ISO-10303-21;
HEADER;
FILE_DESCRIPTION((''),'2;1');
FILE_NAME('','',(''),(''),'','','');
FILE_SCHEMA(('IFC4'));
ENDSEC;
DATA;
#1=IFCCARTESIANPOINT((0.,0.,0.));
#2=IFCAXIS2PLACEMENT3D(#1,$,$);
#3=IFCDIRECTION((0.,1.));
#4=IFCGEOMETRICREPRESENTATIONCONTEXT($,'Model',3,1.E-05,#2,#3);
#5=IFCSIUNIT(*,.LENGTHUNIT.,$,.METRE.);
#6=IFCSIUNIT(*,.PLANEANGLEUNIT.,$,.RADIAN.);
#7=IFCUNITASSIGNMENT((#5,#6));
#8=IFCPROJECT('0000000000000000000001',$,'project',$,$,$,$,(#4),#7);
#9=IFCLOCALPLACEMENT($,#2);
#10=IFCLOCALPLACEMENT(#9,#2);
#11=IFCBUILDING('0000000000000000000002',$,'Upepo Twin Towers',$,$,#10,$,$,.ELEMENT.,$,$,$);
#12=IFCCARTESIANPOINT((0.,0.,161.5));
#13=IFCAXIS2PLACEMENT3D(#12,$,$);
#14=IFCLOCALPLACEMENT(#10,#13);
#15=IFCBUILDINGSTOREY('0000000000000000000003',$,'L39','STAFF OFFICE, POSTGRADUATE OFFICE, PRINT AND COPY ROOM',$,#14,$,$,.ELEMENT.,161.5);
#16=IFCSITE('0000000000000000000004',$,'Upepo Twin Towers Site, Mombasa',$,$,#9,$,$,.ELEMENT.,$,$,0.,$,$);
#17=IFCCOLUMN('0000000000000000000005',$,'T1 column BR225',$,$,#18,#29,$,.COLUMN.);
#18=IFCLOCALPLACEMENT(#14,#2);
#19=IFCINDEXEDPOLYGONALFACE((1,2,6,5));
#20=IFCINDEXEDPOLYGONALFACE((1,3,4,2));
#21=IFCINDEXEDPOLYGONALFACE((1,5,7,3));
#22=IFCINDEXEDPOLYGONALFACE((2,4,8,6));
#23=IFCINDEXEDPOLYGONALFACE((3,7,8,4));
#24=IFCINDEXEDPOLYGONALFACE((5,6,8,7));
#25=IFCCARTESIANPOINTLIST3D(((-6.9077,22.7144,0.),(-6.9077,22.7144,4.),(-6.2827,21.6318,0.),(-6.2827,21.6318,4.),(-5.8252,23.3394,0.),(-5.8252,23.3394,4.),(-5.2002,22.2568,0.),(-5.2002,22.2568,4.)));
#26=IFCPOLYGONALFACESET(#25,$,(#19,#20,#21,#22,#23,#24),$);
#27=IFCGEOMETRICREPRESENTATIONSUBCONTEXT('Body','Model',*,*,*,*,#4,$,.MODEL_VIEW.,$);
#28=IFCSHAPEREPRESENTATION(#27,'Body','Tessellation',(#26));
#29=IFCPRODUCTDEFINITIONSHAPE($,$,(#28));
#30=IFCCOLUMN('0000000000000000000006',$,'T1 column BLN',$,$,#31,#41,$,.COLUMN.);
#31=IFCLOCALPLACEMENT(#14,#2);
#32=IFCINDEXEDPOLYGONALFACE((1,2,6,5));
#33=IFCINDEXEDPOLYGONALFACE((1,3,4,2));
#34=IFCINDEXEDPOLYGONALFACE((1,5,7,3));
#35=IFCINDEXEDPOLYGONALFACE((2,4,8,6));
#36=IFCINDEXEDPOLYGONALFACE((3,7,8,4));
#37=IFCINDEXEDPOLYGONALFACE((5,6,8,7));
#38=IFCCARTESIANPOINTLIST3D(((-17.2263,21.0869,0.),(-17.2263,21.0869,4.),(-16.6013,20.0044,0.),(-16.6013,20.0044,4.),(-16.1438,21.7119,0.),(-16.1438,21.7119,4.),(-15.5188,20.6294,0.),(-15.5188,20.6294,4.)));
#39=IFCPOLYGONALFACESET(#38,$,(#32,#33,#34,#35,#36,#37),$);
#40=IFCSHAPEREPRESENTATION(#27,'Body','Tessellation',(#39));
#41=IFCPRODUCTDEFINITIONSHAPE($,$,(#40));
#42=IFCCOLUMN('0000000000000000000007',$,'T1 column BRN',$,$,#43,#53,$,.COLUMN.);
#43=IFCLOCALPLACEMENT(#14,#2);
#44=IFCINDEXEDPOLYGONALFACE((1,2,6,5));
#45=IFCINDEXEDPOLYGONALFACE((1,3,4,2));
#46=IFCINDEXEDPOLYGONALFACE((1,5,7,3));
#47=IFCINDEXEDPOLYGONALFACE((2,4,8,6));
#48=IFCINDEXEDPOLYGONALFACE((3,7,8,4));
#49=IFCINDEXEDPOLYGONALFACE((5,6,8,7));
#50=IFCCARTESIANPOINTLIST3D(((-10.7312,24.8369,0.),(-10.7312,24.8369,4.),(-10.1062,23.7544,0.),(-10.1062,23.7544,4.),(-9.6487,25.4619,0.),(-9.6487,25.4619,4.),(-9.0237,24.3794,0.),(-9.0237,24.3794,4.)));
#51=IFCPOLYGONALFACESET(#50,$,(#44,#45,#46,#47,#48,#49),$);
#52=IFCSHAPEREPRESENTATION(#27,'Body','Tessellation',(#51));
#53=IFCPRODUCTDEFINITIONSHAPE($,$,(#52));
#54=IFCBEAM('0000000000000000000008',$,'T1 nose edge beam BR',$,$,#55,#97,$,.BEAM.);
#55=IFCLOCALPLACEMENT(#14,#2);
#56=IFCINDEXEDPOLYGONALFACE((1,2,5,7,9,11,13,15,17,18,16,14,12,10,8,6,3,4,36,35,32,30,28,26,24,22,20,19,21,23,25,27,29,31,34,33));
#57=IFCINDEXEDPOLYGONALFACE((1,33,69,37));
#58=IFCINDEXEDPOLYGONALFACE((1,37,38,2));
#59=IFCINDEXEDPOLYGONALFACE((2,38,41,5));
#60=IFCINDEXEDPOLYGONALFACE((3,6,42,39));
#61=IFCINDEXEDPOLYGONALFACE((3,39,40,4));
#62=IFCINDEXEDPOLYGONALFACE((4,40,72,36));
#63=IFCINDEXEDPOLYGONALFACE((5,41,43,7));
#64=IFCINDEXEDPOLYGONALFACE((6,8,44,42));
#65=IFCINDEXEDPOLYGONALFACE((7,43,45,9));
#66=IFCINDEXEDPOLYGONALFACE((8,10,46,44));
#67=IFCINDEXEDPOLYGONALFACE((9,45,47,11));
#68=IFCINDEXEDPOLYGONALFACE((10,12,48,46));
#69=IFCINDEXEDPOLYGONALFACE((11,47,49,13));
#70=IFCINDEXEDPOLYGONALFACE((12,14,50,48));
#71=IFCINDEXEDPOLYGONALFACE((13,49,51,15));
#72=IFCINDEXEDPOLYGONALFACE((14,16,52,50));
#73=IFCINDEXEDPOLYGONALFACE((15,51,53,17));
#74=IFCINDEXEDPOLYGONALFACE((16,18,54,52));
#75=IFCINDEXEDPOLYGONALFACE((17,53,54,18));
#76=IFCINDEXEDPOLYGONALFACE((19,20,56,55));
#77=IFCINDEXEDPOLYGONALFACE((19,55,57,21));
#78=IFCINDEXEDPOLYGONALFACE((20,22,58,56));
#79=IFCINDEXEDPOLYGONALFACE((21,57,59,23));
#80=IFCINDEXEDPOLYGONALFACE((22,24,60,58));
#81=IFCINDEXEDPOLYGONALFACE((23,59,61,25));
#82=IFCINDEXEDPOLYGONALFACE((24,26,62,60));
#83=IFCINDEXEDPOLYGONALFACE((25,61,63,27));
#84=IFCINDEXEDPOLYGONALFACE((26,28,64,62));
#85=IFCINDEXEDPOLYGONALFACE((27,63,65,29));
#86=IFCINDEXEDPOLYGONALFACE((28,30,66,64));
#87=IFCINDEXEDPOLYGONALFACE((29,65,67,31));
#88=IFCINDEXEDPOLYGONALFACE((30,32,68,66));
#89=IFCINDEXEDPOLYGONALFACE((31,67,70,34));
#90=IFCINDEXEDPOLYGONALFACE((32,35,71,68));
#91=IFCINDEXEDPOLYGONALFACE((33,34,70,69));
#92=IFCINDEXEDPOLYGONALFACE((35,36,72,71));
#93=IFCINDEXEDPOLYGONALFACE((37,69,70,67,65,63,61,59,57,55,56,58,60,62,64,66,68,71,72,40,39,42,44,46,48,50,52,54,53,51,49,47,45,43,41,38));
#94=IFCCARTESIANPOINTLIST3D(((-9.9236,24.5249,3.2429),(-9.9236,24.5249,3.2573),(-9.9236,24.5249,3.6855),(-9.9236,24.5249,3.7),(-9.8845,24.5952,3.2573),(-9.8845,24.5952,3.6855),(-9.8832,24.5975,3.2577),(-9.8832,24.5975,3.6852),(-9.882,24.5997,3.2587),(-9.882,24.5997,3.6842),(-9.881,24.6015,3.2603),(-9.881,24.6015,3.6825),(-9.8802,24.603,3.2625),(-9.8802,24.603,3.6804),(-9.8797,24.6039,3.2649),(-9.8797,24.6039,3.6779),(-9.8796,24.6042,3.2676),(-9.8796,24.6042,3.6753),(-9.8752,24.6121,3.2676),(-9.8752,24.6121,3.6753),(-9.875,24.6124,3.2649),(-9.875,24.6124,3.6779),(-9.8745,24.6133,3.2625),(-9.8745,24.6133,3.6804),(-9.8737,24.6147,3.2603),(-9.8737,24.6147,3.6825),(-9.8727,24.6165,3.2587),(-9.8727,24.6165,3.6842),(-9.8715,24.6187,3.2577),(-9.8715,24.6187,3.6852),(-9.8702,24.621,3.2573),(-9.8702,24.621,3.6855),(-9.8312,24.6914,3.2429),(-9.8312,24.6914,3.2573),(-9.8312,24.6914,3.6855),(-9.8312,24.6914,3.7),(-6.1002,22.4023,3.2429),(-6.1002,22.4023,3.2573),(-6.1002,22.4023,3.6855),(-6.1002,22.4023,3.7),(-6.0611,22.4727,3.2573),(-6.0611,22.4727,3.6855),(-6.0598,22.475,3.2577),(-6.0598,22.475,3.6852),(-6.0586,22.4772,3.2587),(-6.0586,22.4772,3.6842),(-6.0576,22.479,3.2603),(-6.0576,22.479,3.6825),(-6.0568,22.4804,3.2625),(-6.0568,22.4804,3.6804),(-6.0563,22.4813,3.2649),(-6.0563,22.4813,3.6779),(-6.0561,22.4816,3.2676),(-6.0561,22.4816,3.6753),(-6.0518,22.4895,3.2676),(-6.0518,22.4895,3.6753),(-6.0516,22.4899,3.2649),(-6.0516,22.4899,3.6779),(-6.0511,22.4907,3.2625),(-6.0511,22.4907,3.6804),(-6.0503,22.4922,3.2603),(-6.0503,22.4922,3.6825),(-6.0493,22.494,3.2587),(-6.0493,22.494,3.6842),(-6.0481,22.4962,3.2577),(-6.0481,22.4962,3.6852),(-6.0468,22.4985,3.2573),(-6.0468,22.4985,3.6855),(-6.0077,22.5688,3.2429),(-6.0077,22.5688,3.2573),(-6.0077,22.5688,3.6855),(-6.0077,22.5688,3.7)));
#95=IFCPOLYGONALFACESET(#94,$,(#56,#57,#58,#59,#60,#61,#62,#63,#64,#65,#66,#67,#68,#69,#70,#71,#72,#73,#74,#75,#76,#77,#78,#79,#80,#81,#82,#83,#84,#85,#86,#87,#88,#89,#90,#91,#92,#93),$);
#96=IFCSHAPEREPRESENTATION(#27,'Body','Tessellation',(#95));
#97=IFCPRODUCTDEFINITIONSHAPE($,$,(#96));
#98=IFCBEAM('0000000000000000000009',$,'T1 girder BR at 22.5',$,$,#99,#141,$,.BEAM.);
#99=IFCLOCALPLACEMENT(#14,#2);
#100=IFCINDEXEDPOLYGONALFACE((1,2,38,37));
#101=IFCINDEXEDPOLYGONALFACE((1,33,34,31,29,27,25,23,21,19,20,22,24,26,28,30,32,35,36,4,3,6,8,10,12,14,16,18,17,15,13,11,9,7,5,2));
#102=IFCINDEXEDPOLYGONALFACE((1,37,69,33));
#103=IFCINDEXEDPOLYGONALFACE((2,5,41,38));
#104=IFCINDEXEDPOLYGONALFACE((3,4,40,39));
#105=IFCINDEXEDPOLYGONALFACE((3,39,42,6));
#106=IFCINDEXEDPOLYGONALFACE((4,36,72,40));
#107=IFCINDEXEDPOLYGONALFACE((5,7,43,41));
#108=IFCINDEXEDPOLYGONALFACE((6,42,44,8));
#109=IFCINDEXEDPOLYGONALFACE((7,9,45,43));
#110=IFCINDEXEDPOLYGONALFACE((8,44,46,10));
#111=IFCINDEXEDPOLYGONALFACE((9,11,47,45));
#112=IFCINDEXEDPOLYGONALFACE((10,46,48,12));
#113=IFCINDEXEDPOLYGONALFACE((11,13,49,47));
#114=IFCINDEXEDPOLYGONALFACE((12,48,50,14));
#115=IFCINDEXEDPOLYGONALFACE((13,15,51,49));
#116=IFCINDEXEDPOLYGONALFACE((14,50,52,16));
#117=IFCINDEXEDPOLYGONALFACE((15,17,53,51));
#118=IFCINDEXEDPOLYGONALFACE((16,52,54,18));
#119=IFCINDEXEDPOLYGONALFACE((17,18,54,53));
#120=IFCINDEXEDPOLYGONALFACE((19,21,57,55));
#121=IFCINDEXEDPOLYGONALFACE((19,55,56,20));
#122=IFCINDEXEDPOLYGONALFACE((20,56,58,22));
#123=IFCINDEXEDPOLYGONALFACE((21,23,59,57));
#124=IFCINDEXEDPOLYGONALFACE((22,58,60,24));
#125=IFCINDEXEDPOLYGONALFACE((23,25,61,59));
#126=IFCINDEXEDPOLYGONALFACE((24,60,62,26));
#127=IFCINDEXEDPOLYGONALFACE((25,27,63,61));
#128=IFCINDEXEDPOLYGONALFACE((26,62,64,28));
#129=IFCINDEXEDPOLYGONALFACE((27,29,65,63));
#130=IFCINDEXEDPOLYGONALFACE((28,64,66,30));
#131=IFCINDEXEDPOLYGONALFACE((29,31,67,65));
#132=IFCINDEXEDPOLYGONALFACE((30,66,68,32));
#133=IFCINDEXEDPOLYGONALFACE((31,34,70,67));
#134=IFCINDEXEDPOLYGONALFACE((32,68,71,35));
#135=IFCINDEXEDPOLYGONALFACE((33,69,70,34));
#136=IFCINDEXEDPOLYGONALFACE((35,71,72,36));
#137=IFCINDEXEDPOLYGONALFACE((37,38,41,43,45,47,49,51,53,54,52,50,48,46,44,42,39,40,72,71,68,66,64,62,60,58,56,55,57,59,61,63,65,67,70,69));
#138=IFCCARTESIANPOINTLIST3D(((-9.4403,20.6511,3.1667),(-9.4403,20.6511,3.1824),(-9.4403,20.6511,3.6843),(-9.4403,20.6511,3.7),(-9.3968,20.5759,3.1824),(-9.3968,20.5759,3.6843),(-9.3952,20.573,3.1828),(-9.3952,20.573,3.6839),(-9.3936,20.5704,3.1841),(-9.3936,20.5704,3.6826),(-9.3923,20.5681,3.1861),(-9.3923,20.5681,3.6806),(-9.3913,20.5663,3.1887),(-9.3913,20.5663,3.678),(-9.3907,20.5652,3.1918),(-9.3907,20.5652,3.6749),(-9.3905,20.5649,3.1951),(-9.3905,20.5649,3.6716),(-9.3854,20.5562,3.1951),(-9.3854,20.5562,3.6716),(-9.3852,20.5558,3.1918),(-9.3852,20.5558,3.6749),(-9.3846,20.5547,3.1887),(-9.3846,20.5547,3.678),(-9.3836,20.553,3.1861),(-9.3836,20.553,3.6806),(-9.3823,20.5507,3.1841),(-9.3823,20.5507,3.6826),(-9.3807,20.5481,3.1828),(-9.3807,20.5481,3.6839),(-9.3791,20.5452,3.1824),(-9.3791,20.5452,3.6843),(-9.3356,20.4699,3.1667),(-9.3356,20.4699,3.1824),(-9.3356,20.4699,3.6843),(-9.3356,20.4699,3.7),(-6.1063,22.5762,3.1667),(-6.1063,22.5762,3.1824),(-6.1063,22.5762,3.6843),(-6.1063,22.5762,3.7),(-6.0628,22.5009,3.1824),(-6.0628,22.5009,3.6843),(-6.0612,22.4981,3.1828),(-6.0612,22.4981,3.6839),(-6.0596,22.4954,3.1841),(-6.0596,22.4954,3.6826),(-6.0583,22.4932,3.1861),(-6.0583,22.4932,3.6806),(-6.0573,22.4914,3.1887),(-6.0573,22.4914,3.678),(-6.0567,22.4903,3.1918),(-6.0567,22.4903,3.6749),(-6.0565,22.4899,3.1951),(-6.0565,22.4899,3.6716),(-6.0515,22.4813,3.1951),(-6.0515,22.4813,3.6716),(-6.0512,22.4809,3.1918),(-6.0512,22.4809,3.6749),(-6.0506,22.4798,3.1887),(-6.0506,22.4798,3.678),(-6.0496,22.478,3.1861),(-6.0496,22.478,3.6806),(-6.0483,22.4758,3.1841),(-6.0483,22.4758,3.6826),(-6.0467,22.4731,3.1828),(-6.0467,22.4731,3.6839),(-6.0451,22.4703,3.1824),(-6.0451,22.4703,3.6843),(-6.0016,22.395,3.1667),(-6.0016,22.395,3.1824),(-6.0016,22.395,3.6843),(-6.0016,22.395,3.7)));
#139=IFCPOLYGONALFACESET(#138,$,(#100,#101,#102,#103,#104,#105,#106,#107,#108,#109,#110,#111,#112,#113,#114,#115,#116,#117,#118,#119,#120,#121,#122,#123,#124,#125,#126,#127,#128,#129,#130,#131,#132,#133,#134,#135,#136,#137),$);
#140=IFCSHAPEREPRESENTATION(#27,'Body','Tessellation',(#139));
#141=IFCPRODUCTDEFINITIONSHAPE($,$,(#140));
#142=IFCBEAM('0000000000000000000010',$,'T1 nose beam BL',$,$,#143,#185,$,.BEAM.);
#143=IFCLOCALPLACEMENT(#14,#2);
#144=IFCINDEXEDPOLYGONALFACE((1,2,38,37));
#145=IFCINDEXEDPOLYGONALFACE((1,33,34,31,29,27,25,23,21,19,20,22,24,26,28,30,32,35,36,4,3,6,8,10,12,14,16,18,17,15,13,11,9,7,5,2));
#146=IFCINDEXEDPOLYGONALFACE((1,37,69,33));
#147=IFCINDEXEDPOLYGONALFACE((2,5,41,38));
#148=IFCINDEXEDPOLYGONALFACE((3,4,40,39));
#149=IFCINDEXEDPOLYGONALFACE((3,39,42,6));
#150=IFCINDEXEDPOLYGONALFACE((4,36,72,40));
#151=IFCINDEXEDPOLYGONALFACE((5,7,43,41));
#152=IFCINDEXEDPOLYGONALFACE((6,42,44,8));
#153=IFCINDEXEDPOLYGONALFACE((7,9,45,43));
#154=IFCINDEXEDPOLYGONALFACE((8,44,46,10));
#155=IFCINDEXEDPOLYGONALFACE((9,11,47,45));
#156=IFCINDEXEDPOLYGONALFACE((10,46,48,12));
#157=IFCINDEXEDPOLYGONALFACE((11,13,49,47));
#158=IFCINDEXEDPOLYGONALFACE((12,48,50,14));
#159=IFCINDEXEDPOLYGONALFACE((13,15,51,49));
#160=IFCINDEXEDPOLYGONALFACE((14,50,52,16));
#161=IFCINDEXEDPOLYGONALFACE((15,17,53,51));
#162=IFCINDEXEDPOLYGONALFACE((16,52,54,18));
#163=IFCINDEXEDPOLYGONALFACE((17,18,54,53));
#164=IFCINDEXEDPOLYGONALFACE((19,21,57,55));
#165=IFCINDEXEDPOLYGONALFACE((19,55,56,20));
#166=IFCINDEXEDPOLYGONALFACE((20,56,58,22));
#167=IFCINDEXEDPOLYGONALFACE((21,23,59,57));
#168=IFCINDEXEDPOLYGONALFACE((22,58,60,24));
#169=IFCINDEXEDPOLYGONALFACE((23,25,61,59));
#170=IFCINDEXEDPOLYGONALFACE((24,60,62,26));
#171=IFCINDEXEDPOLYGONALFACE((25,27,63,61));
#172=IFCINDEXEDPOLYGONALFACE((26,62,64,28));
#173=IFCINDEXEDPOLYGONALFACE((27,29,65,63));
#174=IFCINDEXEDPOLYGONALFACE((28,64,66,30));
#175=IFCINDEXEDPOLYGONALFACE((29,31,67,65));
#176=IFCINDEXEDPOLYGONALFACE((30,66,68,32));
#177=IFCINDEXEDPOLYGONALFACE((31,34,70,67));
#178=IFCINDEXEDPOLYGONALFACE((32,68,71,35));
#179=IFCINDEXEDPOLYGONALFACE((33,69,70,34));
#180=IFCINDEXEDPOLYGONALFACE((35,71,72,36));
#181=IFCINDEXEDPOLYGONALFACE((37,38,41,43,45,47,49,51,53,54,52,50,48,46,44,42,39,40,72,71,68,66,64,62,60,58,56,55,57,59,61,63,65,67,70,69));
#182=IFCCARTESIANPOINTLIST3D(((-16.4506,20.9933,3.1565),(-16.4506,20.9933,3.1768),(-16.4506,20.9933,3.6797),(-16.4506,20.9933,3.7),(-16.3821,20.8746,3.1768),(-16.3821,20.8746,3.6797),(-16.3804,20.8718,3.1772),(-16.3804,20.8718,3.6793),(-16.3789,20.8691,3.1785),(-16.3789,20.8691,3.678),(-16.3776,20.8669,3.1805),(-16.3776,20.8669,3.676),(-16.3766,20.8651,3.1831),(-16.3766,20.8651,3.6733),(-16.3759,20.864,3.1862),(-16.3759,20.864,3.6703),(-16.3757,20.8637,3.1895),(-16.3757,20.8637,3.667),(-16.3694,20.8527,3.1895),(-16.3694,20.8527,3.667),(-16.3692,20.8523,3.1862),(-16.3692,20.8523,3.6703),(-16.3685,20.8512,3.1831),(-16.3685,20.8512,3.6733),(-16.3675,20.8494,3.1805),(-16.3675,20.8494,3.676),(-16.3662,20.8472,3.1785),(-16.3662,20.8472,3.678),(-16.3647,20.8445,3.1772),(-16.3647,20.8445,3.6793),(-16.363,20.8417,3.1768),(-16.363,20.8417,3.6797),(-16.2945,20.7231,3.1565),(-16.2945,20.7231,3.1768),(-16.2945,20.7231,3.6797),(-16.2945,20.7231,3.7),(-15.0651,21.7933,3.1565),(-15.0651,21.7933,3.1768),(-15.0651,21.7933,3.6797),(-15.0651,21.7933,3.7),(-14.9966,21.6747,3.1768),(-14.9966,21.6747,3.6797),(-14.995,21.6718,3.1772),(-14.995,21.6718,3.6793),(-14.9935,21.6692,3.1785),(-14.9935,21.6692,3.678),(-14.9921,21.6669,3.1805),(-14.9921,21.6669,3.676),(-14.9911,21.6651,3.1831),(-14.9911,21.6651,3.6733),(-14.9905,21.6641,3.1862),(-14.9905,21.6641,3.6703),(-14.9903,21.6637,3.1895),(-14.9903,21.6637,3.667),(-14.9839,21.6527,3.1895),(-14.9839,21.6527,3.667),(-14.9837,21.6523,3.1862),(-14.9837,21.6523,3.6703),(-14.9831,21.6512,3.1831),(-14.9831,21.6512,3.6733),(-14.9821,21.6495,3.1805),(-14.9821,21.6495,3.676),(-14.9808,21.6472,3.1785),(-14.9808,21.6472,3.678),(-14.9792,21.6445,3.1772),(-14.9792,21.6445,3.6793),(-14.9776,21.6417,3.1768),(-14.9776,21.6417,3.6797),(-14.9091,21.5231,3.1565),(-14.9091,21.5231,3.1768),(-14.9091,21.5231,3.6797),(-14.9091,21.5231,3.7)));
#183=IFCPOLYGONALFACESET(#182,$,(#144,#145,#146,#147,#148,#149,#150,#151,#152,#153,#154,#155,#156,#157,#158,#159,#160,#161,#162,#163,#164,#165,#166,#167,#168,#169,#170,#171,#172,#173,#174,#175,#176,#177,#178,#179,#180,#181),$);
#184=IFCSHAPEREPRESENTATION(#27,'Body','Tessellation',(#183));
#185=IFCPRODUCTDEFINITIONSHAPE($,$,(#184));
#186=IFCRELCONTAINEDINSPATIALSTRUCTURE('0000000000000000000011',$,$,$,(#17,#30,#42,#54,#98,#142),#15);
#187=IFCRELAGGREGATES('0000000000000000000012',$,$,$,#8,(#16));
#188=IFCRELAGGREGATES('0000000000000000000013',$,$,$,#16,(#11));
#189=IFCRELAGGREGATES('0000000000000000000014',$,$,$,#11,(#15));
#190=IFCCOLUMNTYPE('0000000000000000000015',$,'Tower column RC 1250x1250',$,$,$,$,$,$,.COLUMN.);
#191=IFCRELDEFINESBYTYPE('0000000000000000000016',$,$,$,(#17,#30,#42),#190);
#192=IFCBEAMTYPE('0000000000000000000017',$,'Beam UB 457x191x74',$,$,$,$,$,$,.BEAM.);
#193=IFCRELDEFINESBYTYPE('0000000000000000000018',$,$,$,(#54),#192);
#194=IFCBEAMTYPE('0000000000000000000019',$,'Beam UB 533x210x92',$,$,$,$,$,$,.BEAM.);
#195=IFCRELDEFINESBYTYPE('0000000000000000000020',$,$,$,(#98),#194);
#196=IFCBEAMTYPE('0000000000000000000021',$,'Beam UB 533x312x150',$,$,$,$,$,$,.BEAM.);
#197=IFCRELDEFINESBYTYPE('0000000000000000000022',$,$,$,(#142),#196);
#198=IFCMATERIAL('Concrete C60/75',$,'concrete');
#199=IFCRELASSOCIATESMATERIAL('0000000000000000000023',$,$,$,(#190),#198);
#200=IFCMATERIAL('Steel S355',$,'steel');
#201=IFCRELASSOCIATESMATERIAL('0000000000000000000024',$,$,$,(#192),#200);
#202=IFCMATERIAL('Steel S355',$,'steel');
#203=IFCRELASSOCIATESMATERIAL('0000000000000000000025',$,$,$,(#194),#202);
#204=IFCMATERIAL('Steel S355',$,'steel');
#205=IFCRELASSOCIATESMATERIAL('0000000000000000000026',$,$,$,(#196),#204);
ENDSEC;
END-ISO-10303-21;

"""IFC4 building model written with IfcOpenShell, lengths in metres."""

from ifc_helpers import new_model, si_unit, direction, frame, origin, origin_2d, place, context, subcontext, project, spatial, rectangle, i_section, extrude, material, material_profile, profile_set, type_object, element, save


model = new_model("IFC4")

# Units and contexts
model_context = context("Model", 3, precision=1e-05, world=origin(), true_north=direction((0.0, 1.0)))
body_context = subcontext(model_context, "Body", "Model", "MODEL_VIEW")
ifc_project = project(units=[si_unit("LENGTHUNIT", "METRE"), si_unit("PLANEANGLEUNIT", "RADIAN")], contexts=[model_context])

# Site, building, storey
site_placement = place(None, origin())
site = spatial("IfcSite", under=ifc_project, at=site_placement, Name="Upepo Twin Towers Site, Mombasa", CompositionType="ELEMENT", RefElevation=0.0)
building_placement = place(site_placement, origin())
building = spatial("IfcBuilding", under=site, at=building_placement, Name="Upepo Twin Towers", CompositionType="ELEMENT")
storey_placement = place(building_placement, frame((0.0, 0.0, 161.5)))
storey = spatial("IfcBuildingStorey", under=building, at=storey_placement, Name="L39", Description="STAFF OFFICE, POSTGRADUATE OFFICE, PRINT AND COPY ROOM", CompositionType="ELEMENT", Elevation=161.5)

# Columns
ifc_material_1 = material(Name="Concrete C60/75", Category="concrete")
ifc_material_profile_1 = material_profile(ifc_material_1, rectangle(XDim=1.25, YDim=1.25, at=origin_2d()), Name="RC 1250x1250")
ifc_profile_set_1 = profile_set([ifc_material_profile_1], Name="Concrete C60/75")
column_type = type_object("IfcColumnType", Name="Tower column RC 1250x1250", PredefinedType="COLUMN", material=ifc_profile_set_1)
for number, where, z_axis, x_axis, name in (
    (1, (-6.054, 22.4856, 0.0), (0.0, 0.0, 1.0), (0.866025, 0.5, 0.0), "T1 column BR225"),
    (2, (-16.3726, 20.8582, 0.0), (0.0, 0.0, 1.0), (0.866025, 0.5, 0.0), "T1 column BLN"),
    (3, (-9.8774, 24.6082, 0.0), (0.0, 0.0, 1.0), (0.866025, 0.5, 0.0), "T1 column BRN"),
):
    element("IfcColumn", number, at=place(storey_placement, frame(where, z_axis=z_axis, x_axis=x_axis)), inside=storey, type_object=column_type, Name=name, PredefinedType="COLUMN", context=body_context, shape_type="SweptSolid", body=[
        extrude(rectangle(XDim=1.25, YDim=1.25, at=origin_2d()), origin(), (0.0, 0.0, 1.0), 4.0),
    ])

# Beams
ifc_material_2 = material(Name="Steel S355", Category="steel")
ifc_material_profile_2 = material_profile(ifc_material_2, i_section(OverallWidth=0.1904, OverallDepth=0.457, WebThickness=0.009, FlangeThickness=0.0144, FilletRadius=0.0103, at=origin_2d()), Name="UB 457x191x74")
ifc_profile_set_2 = profile_set([ifc_material_profile_2], Name="Steel S355")
beam_type_1 = type_object("IfcBeamType", Name="Beam UB 457x191x74", PredefinedType="BEAM", material=ifc_profile_set_2)
beam_1_placement = place(storey_placement, frame((-6.054, 22.4856, 3.4714), z_axis=(-0.874313, 0.485363, 0.0), x_axis=(-0.485363, -0.874313, 0.0)))
element("IfcBeam", 4, at=beam_1_placement, inside=storey, type_object=beam_type_1, Name="T1 nose edge beam BR", PredefinedType="BEAM", context=body_context, shape_type="SweptSolid", body=[
    extrude(i_section(OverallWidth=0.1904, OverallDepth=0.457, WebThickness=0.009, FlangeThickness=0.0144, FilletRadius=0.0103, at=origin_2d()), origin(), (0.0, 0.0, 1.0), 4.373),
])
ifc_material_3 = material(Name="Steel S355", Category="steel")
ifc_material_profile_3 = material_profile(ifc_material_3, i_section(OverallWidth=0.2092, OverallDepth=0.5332, WebThickness=0.01, FlangeThickness=0.0156, FilletRadius=0.0127, at=origin_2d()), Name="UB 533x210x92")
ifc_profile_set_3 = profile_set([ifc_material_profile_3], Name="Steel S355")
beam_type_2 = type_object("IfcBeamType", Name="Beam UB 533x210x92", PredefinedType="BEAM", material=ifc_profile_set_3)
beam_2_placement = place(storey_placement, frame((-6.054, 22.4856, 3.4333), z_axis=(-0.866006, -0.500034, 0.0), x_axis=(0.500034, -0.866006, 0.0)))
element("IfcBeam", 5, at=beam_2_placement, inside=storey, type_object=beam_type_2, Name="T1 girder BR at 22.5", PredefinedType="BEAM", context=body_context, shape_type="SweptSolid", body=[
    extrude(i_section(OverallWidth=0.2092, OverallDepth=0.5332, WebThickness=0.01, FlangeThickness=0.0156, FilletRadius=0.0127, at=origin_2d()), origin(), (0.0, 0.0, 1.0), 3.8499),
])
ifc_material_4 = material(Name="Steel S355", Category="steel")
ifc_material_profile_4 = material_profile(ifc_material_4, i_section(OverallWidth=0.312, OverallDepth=0.5435, WebThickness=0.0127, FlangeThickness=0.0203, FilletRadius=0.0127, at=origin_2d()), Name="UB 533x312x150")
ifc_profile_set_4 = profile_set([ifc_material_profile_4], Name="Steel S355")
beam_type_3 = type_object("IfcBeamType", Name="Beam UB 533x312x150", PredefinedType="BEAM", material=ifc_profile_set_4)
for number, where, z_axis, x_axis, name in (
    (6, (-16.3726, 20.8582, 3.4282), (0.86599, 0.500061, 0.0), (-0.500061, 0.86599, 0.0), "T1 nose beam BL"),
):
    element("IfcBeam", number, at=place(storey_placement, frame(where, z_axis=z_axis, x_axis=x_axis)), inside=storey, type_object=beam_type_3, Name=name, PredefinedType="BEAM", context=body_context, shape_type="SweptSolid", body=[
        extrude(i_section(OverallWidth=0.312, OverallDepth=0.5435, WebThickness=0.0127, FlangeThickness=0.0203, FilletRadius=0.0127, at=origin_2d()), origin(), (0.0, 0.0, 1.0), 1.5999),
    ])

save(model, "model.ifc")
